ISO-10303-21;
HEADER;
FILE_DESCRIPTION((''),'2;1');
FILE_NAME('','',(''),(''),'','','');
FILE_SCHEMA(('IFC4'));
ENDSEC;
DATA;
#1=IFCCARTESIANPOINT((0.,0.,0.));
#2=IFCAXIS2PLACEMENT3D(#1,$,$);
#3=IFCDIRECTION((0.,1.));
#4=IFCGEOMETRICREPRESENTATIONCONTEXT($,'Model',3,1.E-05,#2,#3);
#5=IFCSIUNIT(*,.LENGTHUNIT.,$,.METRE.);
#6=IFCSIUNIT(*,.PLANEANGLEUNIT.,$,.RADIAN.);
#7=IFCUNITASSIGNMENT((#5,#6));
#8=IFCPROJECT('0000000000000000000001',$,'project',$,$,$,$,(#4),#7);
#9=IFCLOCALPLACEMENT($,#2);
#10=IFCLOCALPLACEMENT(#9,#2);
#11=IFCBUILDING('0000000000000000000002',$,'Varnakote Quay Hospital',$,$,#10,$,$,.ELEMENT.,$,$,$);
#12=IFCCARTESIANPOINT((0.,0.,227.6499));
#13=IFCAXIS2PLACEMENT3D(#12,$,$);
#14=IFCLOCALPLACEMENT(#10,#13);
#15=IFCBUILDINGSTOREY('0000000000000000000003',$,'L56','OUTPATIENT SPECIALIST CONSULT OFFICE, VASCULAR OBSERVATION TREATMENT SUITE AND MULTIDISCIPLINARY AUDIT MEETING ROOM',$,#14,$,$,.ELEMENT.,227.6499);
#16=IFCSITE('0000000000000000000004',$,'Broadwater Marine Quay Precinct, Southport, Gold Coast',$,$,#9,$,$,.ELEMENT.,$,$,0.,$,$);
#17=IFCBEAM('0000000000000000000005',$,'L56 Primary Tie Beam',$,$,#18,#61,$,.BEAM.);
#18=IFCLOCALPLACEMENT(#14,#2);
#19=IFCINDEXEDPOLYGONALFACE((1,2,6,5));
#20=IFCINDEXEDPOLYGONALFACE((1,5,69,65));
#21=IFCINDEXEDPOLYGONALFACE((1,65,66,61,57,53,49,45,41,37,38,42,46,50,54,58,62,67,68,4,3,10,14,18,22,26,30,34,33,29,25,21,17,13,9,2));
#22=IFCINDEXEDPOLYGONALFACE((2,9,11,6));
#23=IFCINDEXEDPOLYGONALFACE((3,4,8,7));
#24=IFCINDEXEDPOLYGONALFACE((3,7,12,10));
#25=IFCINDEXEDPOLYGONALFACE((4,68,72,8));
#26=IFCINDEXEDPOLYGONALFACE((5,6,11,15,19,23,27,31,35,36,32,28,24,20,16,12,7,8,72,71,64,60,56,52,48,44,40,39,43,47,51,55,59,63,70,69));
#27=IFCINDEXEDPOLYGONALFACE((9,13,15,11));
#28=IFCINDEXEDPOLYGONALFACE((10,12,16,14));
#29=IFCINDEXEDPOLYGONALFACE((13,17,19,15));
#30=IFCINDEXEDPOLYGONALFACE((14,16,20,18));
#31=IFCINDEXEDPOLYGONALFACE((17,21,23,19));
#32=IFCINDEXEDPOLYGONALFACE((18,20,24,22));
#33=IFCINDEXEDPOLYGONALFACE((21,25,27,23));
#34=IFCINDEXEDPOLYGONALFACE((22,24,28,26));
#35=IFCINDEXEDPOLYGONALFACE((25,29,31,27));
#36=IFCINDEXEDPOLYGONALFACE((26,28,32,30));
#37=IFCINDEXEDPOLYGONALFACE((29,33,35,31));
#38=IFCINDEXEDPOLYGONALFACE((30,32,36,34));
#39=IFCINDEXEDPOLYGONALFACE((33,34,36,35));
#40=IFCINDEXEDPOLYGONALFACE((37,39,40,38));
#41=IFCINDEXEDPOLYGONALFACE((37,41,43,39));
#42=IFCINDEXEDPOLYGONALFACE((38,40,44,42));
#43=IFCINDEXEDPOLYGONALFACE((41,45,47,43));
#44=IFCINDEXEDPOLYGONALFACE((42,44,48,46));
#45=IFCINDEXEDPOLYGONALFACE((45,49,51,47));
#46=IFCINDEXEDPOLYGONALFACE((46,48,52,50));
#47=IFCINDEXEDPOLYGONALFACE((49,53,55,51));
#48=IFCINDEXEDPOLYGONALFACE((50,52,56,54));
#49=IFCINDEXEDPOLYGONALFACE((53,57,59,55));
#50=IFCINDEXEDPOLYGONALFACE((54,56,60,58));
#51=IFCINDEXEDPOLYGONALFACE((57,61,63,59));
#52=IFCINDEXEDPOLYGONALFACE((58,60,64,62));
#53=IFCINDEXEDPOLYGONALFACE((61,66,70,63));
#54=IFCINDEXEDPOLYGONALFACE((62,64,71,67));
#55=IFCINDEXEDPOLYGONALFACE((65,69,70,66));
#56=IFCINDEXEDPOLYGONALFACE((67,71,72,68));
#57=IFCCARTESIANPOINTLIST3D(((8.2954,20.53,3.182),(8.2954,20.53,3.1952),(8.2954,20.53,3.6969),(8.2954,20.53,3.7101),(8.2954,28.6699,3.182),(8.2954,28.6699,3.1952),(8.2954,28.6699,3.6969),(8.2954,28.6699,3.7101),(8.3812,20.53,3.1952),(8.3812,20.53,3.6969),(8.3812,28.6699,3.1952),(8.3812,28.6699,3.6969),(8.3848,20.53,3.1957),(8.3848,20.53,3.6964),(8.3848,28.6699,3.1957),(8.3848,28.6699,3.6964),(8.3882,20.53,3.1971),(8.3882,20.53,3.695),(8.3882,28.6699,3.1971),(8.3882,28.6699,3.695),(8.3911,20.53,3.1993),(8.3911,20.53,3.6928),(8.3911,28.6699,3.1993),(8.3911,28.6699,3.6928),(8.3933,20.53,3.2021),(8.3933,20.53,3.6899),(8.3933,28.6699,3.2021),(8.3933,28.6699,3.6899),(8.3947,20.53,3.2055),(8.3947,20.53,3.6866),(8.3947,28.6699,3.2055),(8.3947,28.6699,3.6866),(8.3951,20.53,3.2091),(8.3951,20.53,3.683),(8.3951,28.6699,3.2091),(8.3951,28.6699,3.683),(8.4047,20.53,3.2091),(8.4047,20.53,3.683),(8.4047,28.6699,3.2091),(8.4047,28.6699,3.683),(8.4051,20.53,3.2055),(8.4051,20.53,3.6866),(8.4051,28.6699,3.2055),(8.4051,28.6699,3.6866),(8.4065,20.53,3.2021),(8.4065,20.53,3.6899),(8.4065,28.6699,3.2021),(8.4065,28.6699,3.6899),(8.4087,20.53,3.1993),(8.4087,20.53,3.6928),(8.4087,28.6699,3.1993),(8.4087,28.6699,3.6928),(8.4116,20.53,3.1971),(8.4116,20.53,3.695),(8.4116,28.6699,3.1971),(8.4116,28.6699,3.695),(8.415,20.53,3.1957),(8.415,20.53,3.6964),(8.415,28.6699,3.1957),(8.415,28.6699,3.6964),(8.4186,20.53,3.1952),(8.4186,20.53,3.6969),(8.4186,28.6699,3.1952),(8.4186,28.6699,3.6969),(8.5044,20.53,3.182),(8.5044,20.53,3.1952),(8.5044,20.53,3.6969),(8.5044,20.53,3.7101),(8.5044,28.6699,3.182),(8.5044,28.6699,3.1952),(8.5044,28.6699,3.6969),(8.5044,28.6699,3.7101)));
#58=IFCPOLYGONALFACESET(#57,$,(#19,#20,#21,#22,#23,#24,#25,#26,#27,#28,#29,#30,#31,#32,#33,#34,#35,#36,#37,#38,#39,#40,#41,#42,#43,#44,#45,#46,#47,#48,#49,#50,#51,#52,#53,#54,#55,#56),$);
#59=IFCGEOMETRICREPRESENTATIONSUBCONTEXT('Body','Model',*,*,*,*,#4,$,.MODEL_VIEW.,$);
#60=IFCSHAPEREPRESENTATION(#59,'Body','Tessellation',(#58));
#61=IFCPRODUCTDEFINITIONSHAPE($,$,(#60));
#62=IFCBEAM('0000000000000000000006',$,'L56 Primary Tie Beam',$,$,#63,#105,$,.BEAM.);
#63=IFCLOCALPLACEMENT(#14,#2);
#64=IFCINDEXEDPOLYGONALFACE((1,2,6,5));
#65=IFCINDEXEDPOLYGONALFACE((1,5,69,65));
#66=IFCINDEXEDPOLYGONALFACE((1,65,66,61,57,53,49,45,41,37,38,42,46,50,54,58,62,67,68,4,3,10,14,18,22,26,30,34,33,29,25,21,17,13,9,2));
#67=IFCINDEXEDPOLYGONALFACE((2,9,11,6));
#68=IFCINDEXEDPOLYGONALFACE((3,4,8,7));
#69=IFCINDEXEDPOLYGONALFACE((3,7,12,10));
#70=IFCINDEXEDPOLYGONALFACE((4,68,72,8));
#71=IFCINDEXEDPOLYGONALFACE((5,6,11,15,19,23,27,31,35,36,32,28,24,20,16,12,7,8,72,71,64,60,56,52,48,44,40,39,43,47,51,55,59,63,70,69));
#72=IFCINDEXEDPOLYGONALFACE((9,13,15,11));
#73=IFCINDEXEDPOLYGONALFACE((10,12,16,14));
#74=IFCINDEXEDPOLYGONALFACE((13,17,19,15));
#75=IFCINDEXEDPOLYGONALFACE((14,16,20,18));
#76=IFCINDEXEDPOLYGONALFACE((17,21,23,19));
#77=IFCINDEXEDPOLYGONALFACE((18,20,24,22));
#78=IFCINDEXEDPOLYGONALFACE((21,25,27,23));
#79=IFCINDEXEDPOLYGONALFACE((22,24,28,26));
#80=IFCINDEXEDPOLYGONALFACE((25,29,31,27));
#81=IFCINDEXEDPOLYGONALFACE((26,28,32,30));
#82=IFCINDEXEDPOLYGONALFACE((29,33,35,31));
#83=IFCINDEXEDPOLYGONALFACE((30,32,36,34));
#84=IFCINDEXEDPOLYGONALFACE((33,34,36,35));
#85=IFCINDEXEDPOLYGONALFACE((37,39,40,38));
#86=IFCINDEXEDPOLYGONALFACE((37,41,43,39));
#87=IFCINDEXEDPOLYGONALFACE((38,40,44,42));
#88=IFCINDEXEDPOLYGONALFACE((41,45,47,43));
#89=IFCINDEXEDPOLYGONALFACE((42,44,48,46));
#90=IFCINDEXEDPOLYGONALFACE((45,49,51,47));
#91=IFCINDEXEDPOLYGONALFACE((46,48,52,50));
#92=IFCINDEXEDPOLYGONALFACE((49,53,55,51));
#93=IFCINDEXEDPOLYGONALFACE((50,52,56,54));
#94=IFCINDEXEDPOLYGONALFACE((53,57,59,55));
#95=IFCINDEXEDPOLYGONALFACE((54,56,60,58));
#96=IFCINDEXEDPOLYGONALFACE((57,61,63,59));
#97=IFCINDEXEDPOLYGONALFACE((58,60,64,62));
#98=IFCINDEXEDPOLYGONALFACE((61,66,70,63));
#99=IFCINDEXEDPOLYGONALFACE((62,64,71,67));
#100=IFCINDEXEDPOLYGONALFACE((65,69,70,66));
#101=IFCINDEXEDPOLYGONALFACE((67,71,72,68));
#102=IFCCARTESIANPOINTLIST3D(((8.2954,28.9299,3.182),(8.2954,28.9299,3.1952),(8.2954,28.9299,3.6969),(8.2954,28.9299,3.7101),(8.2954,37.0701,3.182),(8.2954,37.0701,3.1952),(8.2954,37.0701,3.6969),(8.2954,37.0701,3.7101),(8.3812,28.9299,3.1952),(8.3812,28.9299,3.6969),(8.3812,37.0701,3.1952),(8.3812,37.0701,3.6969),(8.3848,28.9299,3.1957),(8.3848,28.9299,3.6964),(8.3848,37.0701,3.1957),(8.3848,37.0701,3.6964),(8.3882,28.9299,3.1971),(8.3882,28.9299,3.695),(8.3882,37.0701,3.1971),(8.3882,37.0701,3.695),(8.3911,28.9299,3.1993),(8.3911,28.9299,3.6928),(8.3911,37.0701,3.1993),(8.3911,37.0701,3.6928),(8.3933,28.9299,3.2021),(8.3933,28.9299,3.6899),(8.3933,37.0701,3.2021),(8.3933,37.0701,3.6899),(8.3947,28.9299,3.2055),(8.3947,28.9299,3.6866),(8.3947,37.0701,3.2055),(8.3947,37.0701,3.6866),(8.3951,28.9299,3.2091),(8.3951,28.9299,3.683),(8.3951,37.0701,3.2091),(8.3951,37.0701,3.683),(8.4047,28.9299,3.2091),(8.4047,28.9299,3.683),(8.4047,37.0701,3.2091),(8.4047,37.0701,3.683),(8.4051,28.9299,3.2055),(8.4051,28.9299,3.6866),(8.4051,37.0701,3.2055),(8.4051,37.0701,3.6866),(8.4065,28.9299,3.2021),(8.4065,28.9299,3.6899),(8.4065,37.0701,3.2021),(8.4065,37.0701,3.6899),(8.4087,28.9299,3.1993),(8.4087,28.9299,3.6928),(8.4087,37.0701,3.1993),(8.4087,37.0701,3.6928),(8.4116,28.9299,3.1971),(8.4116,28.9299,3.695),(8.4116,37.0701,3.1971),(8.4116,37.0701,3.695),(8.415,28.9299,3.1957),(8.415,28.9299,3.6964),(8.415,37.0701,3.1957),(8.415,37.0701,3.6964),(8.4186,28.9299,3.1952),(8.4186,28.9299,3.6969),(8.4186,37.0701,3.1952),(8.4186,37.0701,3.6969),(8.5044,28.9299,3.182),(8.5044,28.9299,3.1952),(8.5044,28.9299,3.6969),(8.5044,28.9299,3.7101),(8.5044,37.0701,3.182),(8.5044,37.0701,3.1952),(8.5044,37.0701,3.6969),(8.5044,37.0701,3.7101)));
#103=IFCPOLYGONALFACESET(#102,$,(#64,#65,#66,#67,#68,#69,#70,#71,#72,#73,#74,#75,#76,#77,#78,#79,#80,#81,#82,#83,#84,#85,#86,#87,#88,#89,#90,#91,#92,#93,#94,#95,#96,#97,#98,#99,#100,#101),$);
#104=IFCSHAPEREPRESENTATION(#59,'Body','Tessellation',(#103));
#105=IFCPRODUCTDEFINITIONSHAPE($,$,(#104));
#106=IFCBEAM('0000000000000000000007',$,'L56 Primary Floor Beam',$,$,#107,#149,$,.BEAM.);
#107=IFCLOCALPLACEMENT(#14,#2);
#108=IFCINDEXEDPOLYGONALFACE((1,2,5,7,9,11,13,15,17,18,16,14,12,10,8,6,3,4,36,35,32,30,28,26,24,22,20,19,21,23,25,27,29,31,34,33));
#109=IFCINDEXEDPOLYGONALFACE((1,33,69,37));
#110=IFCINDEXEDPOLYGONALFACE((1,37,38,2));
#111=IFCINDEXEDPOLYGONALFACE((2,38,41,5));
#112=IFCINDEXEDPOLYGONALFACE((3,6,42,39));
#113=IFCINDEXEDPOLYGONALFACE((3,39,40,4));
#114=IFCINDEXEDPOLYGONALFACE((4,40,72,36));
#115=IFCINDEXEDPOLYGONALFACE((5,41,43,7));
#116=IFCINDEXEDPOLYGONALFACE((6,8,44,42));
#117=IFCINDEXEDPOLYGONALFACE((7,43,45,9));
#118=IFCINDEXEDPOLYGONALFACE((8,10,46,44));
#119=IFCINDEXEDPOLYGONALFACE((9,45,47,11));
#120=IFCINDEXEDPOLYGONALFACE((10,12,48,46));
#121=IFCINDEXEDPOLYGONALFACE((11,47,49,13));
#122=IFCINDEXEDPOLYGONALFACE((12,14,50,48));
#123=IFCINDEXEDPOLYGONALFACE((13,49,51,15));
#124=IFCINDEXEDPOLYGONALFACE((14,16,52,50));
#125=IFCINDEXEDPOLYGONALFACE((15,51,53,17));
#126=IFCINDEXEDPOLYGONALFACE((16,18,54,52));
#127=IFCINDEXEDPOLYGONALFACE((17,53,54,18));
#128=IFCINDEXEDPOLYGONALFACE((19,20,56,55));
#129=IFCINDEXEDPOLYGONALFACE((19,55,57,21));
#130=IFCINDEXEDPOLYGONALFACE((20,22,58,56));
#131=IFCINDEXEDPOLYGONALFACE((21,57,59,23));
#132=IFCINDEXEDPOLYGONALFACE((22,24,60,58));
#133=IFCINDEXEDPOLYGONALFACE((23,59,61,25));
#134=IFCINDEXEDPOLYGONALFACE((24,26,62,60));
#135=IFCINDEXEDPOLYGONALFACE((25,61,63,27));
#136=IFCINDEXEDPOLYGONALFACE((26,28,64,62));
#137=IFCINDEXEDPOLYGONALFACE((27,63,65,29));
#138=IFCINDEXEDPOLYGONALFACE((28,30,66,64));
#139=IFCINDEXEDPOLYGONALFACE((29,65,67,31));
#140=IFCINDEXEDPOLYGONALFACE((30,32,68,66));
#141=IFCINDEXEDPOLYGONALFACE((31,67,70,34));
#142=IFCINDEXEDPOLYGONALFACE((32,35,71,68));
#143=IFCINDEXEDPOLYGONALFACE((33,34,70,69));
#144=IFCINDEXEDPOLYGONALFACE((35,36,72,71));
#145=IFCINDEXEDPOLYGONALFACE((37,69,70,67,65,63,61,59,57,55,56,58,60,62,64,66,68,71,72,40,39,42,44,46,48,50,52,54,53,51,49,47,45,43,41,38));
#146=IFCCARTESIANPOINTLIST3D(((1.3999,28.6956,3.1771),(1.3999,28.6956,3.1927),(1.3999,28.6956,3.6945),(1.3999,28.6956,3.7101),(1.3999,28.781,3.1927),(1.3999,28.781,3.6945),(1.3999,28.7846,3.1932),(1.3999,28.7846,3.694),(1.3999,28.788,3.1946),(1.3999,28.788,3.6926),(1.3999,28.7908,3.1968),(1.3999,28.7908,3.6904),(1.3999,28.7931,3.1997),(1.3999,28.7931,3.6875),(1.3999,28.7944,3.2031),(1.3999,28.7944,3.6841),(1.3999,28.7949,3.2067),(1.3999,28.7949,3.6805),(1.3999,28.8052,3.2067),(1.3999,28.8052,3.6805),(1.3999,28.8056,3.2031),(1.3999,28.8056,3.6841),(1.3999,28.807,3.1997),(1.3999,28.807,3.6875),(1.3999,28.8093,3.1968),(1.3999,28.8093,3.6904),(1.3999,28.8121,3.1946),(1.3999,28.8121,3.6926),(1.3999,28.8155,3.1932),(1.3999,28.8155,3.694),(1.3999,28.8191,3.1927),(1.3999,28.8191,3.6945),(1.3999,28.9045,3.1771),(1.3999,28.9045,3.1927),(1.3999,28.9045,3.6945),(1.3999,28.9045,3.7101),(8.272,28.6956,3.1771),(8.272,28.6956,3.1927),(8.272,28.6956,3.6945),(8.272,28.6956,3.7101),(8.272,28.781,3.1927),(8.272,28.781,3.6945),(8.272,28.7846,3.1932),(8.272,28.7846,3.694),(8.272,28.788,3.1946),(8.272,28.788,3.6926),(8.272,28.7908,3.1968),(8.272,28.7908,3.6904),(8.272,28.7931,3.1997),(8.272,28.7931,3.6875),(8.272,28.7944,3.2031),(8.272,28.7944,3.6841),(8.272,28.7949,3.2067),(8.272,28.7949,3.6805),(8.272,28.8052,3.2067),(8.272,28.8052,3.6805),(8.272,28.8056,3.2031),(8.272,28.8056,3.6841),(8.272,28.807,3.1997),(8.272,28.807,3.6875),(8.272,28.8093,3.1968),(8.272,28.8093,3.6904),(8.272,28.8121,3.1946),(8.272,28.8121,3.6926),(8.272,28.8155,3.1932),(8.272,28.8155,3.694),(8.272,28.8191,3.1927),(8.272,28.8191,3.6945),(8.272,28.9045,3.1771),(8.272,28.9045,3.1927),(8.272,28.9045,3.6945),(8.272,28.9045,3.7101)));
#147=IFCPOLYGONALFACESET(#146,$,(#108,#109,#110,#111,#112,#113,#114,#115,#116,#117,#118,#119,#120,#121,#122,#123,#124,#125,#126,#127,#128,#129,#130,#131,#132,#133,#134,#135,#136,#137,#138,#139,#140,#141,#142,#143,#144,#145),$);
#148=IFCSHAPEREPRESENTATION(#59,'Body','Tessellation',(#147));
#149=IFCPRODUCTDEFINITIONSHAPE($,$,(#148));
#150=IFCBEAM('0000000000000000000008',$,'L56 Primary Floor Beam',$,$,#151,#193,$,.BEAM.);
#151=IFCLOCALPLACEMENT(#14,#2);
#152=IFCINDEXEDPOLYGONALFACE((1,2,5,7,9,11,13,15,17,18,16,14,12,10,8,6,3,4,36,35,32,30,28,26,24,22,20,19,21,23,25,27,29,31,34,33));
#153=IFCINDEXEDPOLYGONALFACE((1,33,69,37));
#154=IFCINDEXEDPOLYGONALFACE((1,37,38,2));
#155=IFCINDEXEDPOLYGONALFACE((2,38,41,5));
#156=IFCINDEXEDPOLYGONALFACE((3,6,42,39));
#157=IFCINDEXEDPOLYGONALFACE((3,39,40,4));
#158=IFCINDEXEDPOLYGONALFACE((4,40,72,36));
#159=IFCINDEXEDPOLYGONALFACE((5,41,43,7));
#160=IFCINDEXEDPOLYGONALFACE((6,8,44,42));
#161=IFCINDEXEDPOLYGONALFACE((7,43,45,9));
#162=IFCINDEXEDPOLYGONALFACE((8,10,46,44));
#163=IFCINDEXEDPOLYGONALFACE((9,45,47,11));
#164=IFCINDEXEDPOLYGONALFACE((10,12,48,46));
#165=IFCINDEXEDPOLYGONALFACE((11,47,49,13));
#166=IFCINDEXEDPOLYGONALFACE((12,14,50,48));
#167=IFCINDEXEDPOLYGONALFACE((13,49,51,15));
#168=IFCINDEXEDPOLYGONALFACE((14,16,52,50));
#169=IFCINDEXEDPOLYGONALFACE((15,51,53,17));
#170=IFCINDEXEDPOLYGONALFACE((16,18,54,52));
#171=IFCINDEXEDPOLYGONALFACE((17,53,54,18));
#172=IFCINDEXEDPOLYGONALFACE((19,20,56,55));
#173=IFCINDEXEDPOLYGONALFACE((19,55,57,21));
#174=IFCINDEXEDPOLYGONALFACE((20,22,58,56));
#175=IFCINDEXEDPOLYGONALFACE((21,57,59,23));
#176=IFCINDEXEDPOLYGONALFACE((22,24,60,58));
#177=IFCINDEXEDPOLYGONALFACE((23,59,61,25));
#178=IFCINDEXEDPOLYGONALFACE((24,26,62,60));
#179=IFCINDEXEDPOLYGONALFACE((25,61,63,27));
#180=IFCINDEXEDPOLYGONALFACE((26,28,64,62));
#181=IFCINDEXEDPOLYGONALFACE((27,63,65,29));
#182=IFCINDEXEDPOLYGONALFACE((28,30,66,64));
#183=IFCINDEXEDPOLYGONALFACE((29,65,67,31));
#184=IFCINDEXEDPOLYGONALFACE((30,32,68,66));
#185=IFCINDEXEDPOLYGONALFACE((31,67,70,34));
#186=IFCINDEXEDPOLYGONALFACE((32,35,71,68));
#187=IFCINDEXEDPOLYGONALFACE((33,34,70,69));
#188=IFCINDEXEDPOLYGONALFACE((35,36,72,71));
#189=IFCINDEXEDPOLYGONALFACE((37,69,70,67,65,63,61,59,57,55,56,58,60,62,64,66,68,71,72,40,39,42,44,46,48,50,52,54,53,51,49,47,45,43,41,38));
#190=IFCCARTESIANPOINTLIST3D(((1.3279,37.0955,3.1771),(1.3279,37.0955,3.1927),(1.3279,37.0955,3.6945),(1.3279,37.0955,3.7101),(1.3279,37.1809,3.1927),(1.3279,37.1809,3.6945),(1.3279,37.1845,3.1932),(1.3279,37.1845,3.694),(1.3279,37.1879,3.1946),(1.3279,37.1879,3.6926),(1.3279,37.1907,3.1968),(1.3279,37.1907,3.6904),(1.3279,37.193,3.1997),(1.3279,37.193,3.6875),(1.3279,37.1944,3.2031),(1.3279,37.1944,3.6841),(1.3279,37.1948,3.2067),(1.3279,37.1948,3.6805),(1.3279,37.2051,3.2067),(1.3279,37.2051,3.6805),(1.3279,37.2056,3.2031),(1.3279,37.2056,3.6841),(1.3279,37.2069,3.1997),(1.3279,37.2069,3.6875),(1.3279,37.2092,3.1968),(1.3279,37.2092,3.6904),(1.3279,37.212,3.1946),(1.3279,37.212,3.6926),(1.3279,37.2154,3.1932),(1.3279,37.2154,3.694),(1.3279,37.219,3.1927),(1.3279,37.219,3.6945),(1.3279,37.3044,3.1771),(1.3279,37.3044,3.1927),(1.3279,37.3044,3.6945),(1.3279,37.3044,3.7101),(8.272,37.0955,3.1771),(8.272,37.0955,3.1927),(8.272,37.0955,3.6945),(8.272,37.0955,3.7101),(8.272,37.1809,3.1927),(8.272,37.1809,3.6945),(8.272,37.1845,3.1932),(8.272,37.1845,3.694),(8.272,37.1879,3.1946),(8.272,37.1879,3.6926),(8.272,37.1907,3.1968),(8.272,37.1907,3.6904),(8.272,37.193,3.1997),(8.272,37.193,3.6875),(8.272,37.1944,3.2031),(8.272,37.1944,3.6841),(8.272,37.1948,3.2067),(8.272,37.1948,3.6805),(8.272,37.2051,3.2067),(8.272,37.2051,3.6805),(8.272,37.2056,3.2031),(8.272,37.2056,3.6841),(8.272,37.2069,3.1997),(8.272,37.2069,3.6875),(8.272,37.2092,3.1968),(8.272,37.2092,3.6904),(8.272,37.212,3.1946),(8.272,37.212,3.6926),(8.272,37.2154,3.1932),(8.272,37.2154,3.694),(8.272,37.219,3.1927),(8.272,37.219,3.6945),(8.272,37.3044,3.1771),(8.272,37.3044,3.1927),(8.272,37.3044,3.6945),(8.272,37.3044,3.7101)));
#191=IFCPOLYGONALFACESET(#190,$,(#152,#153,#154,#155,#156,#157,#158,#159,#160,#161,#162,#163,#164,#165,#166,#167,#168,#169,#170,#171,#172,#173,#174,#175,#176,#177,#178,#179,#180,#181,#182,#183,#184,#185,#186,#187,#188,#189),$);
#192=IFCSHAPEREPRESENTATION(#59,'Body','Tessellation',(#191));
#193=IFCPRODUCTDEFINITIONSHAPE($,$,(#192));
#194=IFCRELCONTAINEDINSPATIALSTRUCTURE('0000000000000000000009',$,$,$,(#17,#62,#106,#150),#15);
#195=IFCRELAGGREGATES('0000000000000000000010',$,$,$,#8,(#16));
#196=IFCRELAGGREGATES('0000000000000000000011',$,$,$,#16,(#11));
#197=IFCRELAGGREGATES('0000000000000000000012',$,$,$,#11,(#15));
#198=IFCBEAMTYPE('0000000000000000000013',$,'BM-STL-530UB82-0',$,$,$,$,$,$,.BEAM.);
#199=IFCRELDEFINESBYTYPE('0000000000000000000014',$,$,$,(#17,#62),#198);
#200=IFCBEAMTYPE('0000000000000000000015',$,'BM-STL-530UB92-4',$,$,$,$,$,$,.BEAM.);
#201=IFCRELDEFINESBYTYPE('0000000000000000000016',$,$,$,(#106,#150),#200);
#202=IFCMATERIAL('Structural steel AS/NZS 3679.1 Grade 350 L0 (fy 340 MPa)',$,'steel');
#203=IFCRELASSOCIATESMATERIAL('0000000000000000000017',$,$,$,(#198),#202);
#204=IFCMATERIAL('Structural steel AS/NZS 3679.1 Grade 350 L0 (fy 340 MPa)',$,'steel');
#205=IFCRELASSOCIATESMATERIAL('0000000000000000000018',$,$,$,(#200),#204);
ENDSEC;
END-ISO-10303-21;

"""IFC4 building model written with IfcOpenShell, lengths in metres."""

from ifc_helpers import new_model, si_unit, direction, frame, origin, origin_2d, place, context, subcontext, project, spatial, i_section, extrude, material, material_profile, profile_set, type_object, element, save


model = new_model("IFC4")

# Units and contexts
model_context = context("Model", 3, precision=1e-05, world=origin(), true_north=direction((0.0, 1.0)))
body_context = subcontext(model_context, "Body", "Model", "MODEL_VIEW")
ifc_project = project(units=[si_unit("LENGTHUNIT", "METRE"), si_unit("PLANEANGLEUNIT", "RADIAN")], contexts=[model_context])

# Site, building, storey
site_placement = place(None, origin())
site = spatial("IfcSite", under=ifc_project, at=site_placement, Name="Broadwater Marine Quay Precinct, Southport, Gold Coast", CompositionType="ELEMENT", RefElevation=0.0)
building_placement = place(site_placement, origin())
building = spatial("IfcBuilding", under=site, at=building_placement, Name="Varnakote Quay Hospital", CompositionType="ELEMENT")
storey_placement = place(building_placement, frame((0.0, 0.0, 227.6499)))
storey = spatial("IfcBuildingStorey", under=building, at=storey_placement, Name="L56", Description="OUTPATIENT SPECIALIST CONSULT OFFICE, VASCULAR OBSERVATION TREATMENT SUITE AND MULTIDISCIPLINARY AUDIT MEETING ROOM", CompositionType="ELEMENT", Elevation=227.6499)

# Beams
ifc_material_1 = material(Name="Structural steel AS/NZS 3679.1 Grade 350 L0 (fy 340 MPa)", Category="steel")
ifc_material_profile_1 = material_profile(ifc_material_1, i_section(OverallWidth=0.209, OverallDepth=0.5281, WebThickness=0.0095, FlangeThickness=0.0132, FilletRadius=0.0139, at=origin_2d()), Name="530UB82.0")
ifc_profile_set_1 = profile_set([ifc_material_profile_1], Name="Structural steel AS/NZS 3679.1 Grade 350 L0 (fy 340 MPa)")
beam_type_1 = type_object("IfcBeamType", Name="BM-STL-530UB82-0", PredefinedType="BEAM", material=ifc_profile_set_1)
beam_1_placement = place(storey_placement, frame((8.3999, 20.53, 3.446), z_axis=(0.0, 1.0, 0.0), x_axis=(-1.0, 0.0, 0.0)))
element("IfcBeam", 1, at=beam_1_placement, inside=storey, type_object=beam_type_1, Name="L56 Primary Tie Beam", PredefinedType="BEAM", context=body_context, shape_type="SweptSolid", body=[
    extrude(i_section(OverallWidth=0.209, OverallDepth=0.5281, WebThickness=0.0095, FlangeThickness=0.0132, FilletRadius=0.0139, at=origin_2d()), origin(), (0.0, 0.0, 1.0), 8.1399),
])
beam_2_placement = place(storey_placement, frame((8.3999, 28.9299, 3.446), z_axis=(0.0, 1.0, 0.0), x_axis=(-1.0, 0.0, 0.0)))
element("IfcBeam", 2, at=beam_2_placement, inside=storey, type_object=beam_type_1, Name="L56 Primary Tie Beam", PredefinedType="BEAM", context=body_context, shape_type="SweptSolid", body=[
    extrude(i_section(OverallWidth=0.209, OverallDepth=0.5281, WebThickness=0.0095, FlangeThickness=0.0132, FilletRadius=0.0139, at=origin_2d()), origin(), (0.0, 0.0, 1.0), 8.1401),
])
ifc_material_2 = material(Name="Structural steel AS/NZS 3679.1 Grade 350 L0 (fy 340 MPa)", Category="steel")
ifc_material_profile_2 = material_profile(ifc_material_2, i_section(OverallWidth=0.209, OverallDepth=0.533, WebThickness=0.0103, FlangeThickness=0.0156, FilletRadius=0.0139, at=origin_2d()), Name="530UB92.4")
ifc_profile_set_2 = profile_set([ifc_material_profile_2], Name="Structural steel AS/NZS 3679.1 Grade 350 L0 (fy 340 MPa)")
beam_type_2 = type_object("IfcBeamType", Name="BM-STL-530UB92-4", PredefinedType="BEAM", material=ifc_profile_set_2)
beam_3_placement = place(storey_placement, frame((1.3999, 28.8, 3.4436), z_axis=(1.0, 0.0, 0.0), x_axis=(0.0, 1.0, 0.0)))
element("IfcBeam", 3, at=beam_3_placement, inside=storey, type_object=beam_type_2, Name="L56 Primary Floor Beam", PredefinedType="BEAM", context=body_context, shape_type="SweptSolid", body=[
    extrude(i_section(OverallWidth=0.209, OverallDepth=0.533, WebThickness=0.0103, FlangeThickness=0.0156, FilletRadius=0.0139, at=origin_2d()), origin(), (0.0, 0.0, 1.0), 6.8721),
])
beam_4_placement = place(storey_placement, frame((1.3279, 37.2, 3.4436), z_axis=(1.0, 0.0, 0.0), x_axis=(0.0, 1.0, 0.0)))
element("IfcBeam", 4, at=beam_4_placement, inside=storey, type_object=beam_type_2, Name="L56 Primary Floor Beam", PredefinedType="BEAM", context=body_context, shape_type="SweptSolid", body=[
    extrude(i_section(OverallWidth=0.209, OverallDepth=0.533, WebThickness=0.0103, FlangeThickness=0.0156, FilletRadius=0.0139, at=origin_2d()), origin(), (0.0, 0.0, 1.0), 6.9441),
])

save(model, "model.ifc")
